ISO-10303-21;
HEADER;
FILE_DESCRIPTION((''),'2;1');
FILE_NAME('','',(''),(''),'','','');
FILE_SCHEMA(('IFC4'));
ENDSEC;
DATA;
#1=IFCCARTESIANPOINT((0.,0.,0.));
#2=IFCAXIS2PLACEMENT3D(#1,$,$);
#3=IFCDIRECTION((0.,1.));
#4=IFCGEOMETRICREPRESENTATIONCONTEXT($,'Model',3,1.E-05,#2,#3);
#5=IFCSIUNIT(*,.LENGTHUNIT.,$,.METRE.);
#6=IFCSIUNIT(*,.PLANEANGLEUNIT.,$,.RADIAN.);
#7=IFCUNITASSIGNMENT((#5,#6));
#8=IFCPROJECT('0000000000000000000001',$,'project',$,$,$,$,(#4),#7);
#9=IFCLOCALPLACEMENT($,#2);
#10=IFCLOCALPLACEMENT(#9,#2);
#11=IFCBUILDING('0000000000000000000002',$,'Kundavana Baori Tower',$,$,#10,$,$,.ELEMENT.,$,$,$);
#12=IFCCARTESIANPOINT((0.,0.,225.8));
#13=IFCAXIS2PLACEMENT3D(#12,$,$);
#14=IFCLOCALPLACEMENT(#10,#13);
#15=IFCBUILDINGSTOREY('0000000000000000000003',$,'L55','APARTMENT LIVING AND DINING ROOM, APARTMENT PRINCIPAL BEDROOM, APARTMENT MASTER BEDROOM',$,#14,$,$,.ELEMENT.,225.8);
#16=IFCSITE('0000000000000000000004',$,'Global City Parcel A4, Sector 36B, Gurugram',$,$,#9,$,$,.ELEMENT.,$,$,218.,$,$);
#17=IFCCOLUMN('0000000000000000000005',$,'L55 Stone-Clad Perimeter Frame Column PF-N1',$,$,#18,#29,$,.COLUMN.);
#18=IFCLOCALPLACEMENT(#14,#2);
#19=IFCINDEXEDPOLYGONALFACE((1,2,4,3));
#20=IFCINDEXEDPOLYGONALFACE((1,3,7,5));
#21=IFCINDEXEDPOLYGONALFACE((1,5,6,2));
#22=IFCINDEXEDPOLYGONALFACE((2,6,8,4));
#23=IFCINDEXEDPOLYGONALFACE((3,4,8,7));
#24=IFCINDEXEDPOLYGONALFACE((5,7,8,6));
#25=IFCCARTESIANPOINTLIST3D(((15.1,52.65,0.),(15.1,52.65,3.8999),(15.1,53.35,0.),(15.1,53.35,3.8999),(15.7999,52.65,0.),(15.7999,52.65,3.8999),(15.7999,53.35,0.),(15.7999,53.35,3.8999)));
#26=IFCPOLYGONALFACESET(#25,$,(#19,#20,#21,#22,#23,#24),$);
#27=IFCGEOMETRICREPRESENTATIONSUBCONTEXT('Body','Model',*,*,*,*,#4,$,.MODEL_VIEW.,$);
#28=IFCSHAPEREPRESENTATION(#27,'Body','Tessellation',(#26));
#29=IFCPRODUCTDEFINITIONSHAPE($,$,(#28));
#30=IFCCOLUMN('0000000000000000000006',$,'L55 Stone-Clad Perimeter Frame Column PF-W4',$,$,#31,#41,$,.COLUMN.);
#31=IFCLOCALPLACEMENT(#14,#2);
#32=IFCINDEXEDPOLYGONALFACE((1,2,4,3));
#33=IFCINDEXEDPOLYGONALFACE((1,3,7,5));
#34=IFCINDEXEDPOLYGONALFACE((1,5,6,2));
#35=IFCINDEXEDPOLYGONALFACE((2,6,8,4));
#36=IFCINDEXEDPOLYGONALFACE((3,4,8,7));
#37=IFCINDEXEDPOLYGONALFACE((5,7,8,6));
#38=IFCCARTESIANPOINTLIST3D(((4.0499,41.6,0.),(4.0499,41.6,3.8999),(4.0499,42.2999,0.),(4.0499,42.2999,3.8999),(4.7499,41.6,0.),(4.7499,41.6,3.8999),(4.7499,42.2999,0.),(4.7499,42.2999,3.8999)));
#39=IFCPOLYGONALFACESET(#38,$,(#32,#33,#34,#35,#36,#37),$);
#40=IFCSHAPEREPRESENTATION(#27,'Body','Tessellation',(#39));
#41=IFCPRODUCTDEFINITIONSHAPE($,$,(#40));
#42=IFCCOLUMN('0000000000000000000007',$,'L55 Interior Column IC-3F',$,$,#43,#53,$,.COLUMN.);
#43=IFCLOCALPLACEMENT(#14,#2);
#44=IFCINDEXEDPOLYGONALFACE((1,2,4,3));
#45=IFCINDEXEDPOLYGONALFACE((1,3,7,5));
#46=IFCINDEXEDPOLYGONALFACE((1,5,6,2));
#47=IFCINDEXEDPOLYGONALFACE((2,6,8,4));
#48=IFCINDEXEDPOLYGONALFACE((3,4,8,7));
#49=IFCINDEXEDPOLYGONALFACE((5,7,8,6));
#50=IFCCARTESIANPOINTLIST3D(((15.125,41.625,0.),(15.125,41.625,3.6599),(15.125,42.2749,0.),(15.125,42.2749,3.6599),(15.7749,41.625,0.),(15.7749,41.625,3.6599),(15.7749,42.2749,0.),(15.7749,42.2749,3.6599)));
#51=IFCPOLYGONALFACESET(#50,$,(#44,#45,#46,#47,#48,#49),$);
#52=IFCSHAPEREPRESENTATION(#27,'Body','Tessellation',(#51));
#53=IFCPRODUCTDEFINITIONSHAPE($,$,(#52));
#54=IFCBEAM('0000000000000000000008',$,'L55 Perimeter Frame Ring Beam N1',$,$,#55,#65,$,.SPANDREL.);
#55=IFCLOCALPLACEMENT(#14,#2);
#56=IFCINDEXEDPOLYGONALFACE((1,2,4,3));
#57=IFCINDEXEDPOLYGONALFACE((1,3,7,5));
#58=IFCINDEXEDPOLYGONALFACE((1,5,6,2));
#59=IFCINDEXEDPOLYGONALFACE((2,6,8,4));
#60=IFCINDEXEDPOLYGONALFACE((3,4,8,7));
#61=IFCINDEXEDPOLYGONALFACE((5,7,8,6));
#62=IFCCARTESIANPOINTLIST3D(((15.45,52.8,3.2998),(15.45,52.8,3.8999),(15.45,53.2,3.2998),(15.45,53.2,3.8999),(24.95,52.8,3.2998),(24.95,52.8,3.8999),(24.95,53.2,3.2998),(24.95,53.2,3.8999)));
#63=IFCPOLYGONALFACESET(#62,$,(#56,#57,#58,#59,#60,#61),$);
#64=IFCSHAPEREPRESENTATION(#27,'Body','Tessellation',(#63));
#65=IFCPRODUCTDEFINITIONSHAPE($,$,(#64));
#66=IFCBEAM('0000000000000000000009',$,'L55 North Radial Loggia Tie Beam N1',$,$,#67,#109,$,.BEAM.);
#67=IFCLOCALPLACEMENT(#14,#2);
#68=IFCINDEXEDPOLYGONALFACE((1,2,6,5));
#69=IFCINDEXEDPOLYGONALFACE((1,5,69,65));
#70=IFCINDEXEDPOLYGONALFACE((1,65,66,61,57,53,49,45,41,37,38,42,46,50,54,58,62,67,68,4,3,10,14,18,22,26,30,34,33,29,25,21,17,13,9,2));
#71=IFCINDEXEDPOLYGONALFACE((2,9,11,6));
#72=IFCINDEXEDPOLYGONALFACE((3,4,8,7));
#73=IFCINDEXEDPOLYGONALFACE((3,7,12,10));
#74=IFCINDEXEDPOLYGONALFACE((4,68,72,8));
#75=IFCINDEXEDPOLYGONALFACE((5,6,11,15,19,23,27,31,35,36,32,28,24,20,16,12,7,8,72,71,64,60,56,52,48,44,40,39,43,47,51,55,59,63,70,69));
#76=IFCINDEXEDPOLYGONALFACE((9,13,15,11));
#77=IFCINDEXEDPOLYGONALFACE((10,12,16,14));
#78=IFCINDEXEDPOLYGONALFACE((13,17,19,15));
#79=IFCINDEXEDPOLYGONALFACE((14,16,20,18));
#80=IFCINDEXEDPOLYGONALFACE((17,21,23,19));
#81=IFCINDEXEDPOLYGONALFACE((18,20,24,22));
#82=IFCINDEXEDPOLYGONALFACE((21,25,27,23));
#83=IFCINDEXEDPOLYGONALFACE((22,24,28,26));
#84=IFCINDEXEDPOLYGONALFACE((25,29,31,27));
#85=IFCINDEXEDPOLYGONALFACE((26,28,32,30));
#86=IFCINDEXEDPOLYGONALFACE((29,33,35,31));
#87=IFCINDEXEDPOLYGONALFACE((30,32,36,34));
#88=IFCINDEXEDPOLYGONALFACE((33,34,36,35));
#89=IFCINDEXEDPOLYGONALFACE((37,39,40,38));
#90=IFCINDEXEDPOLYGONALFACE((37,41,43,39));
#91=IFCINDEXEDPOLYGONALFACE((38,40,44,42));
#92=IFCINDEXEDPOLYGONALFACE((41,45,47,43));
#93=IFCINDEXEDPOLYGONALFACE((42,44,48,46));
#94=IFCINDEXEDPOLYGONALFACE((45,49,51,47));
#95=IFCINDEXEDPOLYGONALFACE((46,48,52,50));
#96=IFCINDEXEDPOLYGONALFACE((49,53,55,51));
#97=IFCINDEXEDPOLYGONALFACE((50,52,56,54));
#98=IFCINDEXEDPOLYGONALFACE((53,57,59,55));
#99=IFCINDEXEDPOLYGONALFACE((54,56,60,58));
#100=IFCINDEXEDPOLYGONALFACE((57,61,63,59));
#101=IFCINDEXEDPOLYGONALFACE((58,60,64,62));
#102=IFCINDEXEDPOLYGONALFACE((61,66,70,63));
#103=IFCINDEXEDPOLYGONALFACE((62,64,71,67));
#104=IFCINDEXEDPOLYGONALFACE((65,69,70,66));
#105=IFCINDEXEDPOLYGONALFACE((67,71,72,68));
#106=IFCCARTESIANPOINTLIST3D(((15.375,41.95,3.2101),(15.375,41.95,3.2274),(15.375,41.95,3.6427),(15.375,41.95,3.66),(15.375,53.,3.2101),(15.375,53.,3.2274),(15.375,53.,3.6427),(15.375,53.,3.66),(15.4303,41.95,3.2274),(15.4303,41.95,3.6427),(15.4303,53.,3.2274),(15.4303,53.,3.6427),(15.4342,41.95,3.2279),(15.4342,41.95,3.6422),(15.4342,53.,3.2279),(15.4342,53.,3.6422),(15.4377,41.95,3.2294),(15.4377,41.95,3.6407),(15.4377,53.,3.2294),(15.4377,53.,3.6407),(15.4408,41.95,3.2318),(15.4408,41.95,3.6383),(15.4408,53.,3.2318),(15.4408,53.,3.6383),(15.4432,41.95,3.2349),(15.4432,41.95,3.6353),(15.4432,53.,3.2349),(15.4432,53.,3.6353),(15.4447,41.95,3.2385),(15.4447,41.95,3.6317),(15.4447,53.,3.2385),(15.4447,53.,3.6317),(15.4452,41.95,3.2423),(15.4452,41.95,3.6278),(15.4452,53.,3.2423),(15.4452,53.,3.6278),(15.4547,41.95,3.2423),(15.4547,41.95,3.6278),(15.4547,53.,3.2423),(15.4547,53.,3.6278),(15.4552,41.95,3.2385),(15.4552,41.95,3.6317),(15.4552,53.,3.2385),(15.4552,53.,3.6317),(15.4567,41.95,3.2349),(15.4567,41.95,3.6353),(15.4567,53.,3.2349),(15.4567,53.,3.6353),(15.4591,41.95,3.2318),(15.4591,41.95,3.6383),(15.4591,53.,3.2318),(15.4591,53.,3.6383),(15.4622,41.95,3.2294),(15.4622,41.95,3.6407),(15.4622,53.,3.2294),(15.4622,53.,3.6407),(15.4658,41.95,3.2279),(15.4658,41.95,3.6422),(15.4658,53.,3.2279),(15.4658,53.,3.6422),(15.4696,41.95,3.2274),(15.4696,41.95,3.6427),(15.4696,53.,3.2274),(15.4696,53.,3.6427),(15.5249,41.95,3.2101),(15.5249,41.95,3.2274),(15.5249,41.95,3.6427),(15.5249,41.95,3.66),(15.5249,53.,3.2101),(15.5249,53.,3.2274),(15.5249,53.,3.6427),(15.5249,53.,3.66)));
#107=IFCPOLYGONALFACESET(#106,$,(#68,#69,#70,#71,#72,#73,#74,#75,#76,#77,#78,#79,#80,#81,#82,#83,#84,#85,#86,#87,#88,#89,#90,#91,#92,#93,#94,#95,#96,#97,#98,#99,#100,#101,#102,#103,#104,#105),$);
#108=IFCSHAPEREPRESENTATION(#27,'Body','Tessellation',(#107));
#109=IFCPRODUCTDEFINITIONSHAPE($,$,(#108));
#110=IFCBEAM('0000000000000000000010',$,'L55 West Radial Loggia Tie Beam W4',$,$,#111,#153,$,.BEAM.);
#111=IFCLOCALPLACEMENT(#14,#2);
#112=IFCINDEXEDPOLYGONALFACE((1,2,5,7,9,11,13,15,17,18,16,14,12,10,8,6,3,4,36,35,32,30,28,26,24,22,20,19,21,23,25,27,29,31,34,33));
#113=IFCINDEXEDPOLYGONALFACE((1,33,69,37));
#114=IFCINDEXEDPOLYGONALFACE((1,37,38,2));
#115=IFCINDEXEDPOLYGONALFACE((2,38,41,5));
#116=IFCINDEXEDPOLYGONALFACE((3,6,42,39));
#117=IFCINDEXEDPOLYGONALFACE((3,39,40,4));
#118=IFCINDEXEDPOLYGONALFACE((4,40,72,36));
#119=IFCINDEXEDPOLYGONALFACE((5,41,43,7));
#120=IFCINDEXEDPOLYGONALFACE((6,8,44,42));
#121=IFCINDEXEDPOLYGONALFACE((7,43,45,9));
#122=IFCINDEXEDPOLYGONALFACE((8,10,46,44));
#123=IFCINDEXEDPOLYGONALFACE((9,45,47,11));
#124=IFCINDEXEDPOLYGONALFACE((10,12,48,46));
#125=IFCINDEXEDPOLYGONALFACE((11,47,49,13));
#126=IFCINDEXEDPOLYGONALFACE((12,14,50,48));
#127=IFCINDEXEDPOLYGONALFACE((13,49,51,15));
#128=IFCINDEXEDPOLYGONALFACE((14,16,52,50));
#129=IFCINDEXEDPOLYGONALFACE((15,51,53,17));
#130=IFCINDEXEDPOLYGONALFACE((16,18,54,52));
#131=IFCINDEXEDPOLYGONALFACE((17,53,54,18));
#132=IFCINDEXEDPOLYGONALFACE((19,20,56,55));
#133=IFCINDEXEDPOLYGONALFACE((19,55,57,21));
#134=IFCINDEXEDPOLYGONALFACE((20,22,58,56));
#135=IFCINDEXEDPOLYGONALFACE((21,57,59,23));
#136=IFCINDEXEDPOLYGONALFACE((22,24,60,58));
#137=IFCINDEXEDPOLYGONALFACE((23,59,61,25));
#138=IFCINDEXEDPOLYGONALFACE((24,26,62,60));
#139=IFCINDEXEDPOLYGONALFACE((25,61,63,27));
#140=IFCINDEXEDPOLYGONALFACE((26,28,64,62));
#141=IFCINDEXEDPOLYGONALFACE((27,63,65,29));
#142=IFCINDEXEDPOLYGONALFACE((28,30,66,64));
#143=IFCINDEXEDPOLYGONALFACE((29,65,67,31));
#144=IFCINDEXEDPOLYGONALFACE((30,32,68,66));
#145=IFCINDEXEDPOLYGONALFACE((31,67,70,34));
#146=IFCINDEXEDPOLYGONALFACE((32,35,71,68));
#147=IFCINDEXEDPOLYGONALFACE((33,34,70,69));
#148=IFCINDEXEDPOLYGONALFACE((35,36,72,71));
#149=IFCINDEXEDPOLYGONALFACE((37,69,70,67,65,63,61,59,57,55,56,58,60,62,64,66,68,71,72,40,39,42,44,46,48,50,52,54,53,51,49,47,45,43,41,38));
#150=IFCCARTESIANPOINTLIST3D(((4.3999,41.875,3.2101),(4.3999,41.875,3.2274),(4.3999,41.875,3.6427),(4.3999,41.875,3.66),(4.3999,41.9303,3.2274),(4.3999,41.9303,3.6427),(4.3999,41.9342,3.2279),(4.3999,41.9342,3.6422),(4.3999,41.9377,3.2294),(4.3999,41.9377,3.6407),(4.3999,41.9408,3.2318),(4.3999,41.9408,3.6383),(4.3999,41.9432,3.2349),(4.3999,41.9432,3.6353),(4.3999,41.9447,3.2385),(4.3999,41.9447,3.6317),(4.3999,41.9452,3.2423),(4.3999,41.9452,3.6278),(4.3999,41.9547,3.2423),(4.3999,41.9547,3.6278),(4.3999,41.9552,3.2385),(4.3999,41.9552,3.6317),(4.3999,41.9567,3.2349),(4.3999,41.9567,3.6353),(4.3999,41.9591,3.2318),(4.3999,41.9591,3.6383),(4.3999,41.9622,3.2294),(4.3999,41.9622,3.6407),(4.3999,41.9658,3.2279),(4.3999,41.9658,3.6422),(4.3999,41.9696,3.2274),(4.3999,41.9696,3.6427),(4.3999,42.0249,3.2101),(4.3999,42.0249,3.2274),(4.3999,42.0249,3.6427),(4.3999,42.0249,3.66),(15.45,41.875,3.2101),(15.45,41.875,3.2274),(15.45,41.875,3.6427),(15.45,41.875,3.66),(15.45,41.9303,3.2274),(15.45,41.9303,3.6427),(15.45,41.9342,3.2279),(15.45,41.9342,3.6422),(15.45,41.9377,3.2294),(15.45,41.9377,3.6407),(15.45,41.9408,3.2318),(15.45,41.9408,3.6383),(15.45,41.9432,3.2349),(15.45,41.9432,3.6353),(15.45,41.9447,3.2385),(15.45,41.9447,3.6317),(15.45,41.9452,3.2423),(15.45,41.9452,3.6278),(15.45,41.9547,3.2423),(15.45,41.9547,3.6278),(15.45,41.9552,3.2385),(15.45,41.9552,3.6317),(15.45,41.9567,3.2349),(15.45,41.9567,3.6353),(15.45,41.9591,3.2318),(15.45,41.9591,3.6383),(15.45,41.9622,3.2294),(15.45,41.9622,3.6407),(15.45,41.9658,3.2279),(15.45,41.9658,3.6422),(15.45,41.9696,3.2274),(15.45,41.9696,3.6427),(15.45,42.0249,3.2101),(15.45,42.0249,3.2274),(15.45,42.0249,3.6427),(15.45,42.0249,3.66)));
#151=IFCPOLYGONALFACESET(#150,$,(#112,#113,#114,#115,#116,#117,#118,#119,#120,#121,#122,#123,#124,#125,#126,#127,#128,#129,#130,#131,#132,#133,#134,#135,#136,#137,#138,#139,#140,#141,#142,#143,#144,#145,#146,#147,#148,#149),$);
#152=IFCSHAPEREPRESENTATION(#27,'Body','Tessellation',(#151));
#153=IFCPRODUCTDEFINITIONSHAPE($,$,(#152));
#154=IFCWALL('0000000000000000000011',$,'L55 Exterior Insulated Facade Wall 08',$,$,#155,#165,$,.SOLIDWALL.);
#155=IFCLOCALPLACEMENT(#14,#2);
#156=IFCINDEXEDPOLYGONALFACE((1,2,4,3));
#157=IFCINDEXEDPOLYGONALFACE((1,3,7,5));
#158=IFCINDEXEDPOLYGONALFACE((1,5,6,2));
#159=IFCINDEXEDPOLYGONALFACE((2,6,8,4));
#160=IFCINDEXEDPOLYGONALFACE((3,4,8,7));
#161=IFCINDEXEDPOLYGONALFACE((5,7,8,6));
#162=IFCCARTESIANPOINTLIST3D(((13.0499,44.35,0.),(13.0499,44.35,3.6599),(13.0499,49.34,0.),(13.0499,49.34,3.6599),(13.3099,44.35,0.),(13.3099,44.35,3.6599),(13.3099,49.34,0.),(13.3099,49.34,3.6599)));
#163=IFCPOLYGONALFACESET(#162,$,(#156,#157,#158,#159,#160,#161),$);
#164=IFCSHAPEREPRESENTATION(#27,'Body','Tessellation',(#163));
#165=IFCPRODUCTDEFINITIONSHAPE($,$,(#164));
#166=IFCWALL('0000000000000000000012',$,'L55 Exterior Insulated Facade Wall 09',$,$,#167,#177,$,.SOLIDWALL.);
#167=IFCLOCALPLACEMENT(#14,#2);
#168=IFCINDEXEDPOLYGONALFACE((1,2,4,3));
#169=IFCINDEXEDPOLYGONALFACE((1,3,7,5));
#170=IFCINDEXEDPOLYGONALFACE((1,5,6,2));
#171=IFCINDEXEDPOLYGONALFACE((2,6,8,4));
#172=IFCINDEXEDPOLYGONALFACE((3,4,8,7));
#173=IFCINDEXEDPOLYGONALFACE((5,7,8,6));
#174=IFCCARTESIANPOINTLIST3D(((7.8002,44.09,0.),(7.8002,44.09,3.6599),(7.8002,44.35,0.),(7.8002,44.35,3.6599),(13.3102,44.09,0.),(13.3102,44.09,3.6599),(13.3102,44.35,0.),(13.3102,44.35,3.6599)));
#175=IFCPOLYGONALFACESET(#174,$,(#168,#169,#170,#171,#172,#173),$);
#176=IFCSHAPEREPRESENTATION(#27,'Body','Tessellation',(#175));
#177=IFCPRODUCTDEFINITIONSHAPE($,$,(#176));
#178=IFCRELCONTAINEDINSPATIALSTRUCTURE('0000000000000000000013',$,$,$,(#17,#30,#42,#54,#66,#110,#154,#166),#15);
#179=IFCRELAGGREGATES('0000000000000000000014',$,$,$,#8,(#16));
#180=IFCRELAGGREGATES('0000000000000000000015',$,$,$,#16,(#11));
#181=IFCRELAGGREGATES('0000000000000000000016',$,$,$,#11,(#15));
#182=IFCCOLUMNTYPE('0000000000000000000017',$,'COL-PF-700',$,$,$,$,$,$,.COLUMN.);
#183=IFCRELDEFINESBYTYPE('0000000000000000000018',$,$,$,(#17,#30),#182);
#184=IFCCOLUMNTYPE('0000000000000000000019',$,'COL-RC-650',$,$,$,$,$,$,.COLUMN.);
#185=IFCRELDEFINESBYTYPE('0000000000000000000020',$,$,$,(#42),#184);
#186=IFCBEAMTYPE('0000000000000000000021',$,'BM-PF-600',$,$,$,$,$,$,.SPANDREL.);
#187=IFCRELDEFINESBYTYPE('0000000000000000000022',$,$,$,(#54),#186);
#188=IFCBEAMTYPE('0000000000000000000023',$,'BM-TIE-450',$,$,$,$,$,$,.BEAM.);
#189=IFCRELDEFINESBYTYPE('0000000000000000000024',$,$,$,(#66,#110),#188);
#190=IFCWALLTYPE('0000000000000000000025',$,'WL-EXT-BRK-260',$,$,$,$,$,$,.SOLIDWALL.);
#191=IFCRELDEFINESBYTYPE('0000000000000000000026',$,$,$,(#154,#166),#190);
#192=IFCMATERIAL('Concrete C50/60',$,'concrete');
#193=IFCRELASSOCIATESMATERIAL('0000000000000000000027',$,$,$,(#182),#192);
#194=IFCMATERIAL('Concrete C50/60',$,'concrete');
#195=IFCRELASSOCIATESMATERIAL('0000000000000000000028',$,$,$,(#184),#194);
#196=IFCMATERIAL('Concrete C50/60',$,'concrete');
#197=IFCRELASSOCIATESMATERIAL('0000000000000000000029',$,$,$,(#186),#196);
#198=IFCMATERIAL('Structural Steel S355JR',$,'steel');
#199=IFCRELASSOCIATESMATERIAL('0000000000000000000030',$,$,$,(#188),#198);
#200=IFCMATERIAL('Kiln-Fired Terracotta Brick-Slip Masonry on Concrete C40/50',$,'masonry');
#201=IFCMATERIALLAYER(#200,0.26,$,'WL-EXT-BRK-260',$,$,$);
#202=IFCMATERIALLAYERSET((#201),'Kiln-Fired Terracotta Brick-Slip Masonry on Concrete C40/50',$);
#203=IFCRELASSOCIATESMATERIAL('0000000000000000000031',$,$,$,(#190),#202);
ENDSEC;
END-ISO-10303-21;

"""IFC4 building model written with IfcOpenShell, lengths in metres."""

from ifc_helpers import new_model, si_unit, direction, frame, frame_2d, origin, origin_2d, place, context, subcontext, project, spatial, rectangle, i_section, extrude, material, layer, layer_set, material_profile, profile_set, type_object, element, save


model = new_model("IFC4")

# Units and contexts
model_context = context("Model", 3, precision=1e-05, world=origin(), true_north=direction((0.0, 1.0)))
body_context = subcontext(model_context, "Body", "Model", "MODEL_VIEW")
ifc_project = project(units=[si_unit("LENGTHUNIT", "METRE"), si_unit("PLANEANGLEUNIT", "RADIAN")], contexts=[model_context])

# Site, building, storey
site_placement = place(None, origin())
site = spatial("IfcSite", under=ifc_project, at=site_placement, Name="Global City Parcel A4, Sector 36B, Gurugram", CompositionType="ELEMENT", RefElevation=218.0)
building_placement = place(site_placement, origin())
building = spatial("IfcBuilding", under=site, at=building_placement, Name="Kundavana Baori Tower", CompositionType="ELEMENT")
storey_placement = place(building_placement, frame((0.0, 0.0, 225.8)))
storey = spatial("IfcBuildingStorey", under=building, at=storey_placement, Name="L55", Description="APARTMENT LIVING AND DINING ROOM, APARTMENT PRINCIPAL BEDROOM, APARTMENT MASTER BEDROOM", CompositionType="ELEMENT", Elevation=225.8)

# Columns
ifc_material_1 = material(Name="Concrete C50/60", Category="concrete")
ifc_material_profile_1 = material_profile(ifc_material_1, rectangle(XDim=0.7, YDim=0.7, at=origin_2d()), Name="RC PF 700x700")
ifc_profile_set_1 = profile_set([ifc_material_profile_1], Name="Concrete C50/60")
column_type_1 = type_object("IfcColumnType", Name="COL-PF-700", PredefinedType="COLUMN", material=ifc_profile_set_1)
for number, where, z_axis, x_axis, name in (
    (1, (15.45, 53.0, 0.0), (0.0, 0.0, 1.0), (1.0, 0.0, 0.0), "L55 Stone-Clad Perimeter Frame Column PF-N1"),
    (2, (4.3999, 41.95, 0.0), (0.0, 0.0, 1.0), (1.0, 0.0, 0.0), "L55 Stone-Clad Perimeter Frame Column PF-W4"),
):
    element("IfcColumn", number, at=place(storey_placement, frame(where, z_axis=z_axis, x_axis=x_axis)), inside=storey, type_object=column_type_1, Name=name, PredefinedType="COLUMN", context=body_context, shape_type="SweptSolid", body=[
        extrude(rectangle(XDim=0.7, YDim=0.7, at=origin_2d()), origin(), (0.0, 0.0, 1.0), 3.8999),
    ])
ifc_material_2 = material(Name="Concrete C50/60", Category="concrete")
ifc_material_profile_2 = material_profile(ifc_material_2, rectangle(XDim=0.6499, YDim=0.6499, at=origin_2d()), Name="RC 650x650")
ifc_profile_set_2 = profile_set([ifc_material_profile_2], Name="Concrete C50/60")
column_type_2 = type_object("IfcColumnType", Name="COL-RC-650", PredefinedType="COLUMN", material=ifc_profile_set_2)
column_placement = place(storey_placement, frame((15.45, 41.95, 0.0), z_axis=(0.0, 0.0, 1.0), x_axis=(1.0, 0.0, 0.0)))
element("IfcColumn", 3, at=column_placement, inside=storey, type_object=column_type_2, Name="L55 Interior Column IC-3F", PredefinedType="COLUMN", context=body_context, shape_type="SweptSolid", body=[
    extrude(rectangle(XDim=0.6499, YDim=0.6499, at=origin_2d()), origin(), (0.0, 0.0, 1.0), 3.6599),
])

# Beams
ifc_material_3 = material(Name="Concrete C50/60", Category="concrete")
ifc_material_profile_3 = material_profile(ifc_material_3, rectangle(XDim=0.3999, YDim=0.6001, at=origin_2d()), Name="RC BM 400x600")
ifc_profile_set_3 = profile_set([ifc_material_profile_3], Name="Concrete C50/60")
beam_type_1 = type_object("IfcBeamType", Name="BM-PF-600", PredefinedType="SPANDREL", material=ifc_profile_set_3)
beam_placement = place(storey_placement, frame((15.45, 53.0, 3.5999), z_axis=(1.0, 0.0, 0.0), x_axis=(0.0, 1.0, 0.0)))
element("IfcBeam", 4, at=beam_placement, inside=storey, type_object=beam_type_1, Name="L55 Perimeter Frame Ring Beam N1", PredefinedType="SPANDREL", context=body_context, shape_type="SweptSolid", body=[
    extrude(rectangle(XDim=0.3999, YDim=0.6001, at=origin_2d()), origin(), (0.0, 0.0, 1.0), 9.5),
])
ifc_material_4 = material(Name="Structural Steel S355JR", Category="steel")
ifc_material_profile_4 = material_profile(ifc_material_4, i_section(OverallWidth=0.1499, OverallDepth=0.45, WebThickness=0.0095, FlangeThickness=0.0173, FilletRadius=0.0149, at=origin_2d()), Name="ISMB 450")
ifc_profile_set_4 = profile_set([ifc_material_profile_4], Name="Structural Steel S355JR")
beam_type_2 = type_object("IfcBeamType", Name="BM-TIE-450", PredefinedType="BEAM", material=ifc_profile_set_4)
for number, where, z_axis, x_axis, name in (
    (5, (15.45, 41.95, 3.4351), (0.0, 1.0, 0.0), (-1.0, 0.0, 0.0), "L55 North Radial Loggia Tie Beam N1"),
    (6, (15.45, 41.95, 3.4351), (-1.0, 0.0, 0.0), (0.0, -1.0, 0.0), "L55 West Radial Loggia Tie Beam W4"),
):
    element("IfcBeam", number, at=place(storey_placement, frame(where, z_axis=z_axis, x_axis=x_axis)), inside=storey, type_object=beam_type_2, Name=name, PredefinedType="BEAM", context=body_context, shape_type="SweptSolid", body=[
        extrude(i_section(OverallWidth=0.1499, OverallDepth=0.45, WebThickness=0.0095, FlangeThickness=0.0173, FilletRadius=0.0149, at=origin_2d()), origin(), (0.0, 0.0, 1.0), 11.05),
    ])

# Walls
ifc_material_5 = material(Name="Kiln-Fired Terracotta Brick-Slip Masonry on Concrete C40/50", Category="masonry")
ifc_layer_1 = layer(ifc_material_5, 0.26, Name="WL-EXT-BRK-260")
ifc_layer_set_1 = layer_set([ifc_layer_1], Name="Kiln-Fired Terracotta Brick-Slip Masonry on Concrete C40/50")
wall_type_1 = type_object("IfcWallType", Name="WL-EXT-BRK-260", PredefinedType="SOLIDWALL", material=ifc_layer_set_1)
wall_1_placement = place(storey_placement, frame((13.1799, 49.3401, 0.0), z_axis=(0.0, 0.0, 1.0), x_axis=(0.0, -1.0, 0.0)))
element("IfcWall", 7, at=wall_1_placement, inside=storey, type_object=wall_type_1, Name="L55 Exterior Insulated Facade Wall 08", PredefinedType="SOLIDWALL", context=body_context, shape_type="SweptSolid", body=[
    extrude(rectangle(XDim=4.99, YDim=0.26, at=frame_2d((2.4951, 0.0))), origin(), (0.0, 0.0, 1.0), 3.6599),
])
wall_2_placement = place(storey_placement, frame((13.3101, 44.22, 0.0), z_axis=(0.0, 0.0, 1.0), x_axis=(-1.0, 0.0, 0.0)))
element("IfcWall", 8, at=wall_2_placement, inside=storey, type_object=wall_type_1, Name="L55 Exterior Insulated Facade Wall 09", PredefinedType="SOLIDWALL", context=body_context, shape_type="SweptSolid", body=[
    extrude(rectangle(XDim=5.51, YDim=0.26, at=frame_2d((2.7549, 0.0))), origin(), (0.0, 0.0, 1.0), 3.6599),
])

save(model, "model.ifc")
